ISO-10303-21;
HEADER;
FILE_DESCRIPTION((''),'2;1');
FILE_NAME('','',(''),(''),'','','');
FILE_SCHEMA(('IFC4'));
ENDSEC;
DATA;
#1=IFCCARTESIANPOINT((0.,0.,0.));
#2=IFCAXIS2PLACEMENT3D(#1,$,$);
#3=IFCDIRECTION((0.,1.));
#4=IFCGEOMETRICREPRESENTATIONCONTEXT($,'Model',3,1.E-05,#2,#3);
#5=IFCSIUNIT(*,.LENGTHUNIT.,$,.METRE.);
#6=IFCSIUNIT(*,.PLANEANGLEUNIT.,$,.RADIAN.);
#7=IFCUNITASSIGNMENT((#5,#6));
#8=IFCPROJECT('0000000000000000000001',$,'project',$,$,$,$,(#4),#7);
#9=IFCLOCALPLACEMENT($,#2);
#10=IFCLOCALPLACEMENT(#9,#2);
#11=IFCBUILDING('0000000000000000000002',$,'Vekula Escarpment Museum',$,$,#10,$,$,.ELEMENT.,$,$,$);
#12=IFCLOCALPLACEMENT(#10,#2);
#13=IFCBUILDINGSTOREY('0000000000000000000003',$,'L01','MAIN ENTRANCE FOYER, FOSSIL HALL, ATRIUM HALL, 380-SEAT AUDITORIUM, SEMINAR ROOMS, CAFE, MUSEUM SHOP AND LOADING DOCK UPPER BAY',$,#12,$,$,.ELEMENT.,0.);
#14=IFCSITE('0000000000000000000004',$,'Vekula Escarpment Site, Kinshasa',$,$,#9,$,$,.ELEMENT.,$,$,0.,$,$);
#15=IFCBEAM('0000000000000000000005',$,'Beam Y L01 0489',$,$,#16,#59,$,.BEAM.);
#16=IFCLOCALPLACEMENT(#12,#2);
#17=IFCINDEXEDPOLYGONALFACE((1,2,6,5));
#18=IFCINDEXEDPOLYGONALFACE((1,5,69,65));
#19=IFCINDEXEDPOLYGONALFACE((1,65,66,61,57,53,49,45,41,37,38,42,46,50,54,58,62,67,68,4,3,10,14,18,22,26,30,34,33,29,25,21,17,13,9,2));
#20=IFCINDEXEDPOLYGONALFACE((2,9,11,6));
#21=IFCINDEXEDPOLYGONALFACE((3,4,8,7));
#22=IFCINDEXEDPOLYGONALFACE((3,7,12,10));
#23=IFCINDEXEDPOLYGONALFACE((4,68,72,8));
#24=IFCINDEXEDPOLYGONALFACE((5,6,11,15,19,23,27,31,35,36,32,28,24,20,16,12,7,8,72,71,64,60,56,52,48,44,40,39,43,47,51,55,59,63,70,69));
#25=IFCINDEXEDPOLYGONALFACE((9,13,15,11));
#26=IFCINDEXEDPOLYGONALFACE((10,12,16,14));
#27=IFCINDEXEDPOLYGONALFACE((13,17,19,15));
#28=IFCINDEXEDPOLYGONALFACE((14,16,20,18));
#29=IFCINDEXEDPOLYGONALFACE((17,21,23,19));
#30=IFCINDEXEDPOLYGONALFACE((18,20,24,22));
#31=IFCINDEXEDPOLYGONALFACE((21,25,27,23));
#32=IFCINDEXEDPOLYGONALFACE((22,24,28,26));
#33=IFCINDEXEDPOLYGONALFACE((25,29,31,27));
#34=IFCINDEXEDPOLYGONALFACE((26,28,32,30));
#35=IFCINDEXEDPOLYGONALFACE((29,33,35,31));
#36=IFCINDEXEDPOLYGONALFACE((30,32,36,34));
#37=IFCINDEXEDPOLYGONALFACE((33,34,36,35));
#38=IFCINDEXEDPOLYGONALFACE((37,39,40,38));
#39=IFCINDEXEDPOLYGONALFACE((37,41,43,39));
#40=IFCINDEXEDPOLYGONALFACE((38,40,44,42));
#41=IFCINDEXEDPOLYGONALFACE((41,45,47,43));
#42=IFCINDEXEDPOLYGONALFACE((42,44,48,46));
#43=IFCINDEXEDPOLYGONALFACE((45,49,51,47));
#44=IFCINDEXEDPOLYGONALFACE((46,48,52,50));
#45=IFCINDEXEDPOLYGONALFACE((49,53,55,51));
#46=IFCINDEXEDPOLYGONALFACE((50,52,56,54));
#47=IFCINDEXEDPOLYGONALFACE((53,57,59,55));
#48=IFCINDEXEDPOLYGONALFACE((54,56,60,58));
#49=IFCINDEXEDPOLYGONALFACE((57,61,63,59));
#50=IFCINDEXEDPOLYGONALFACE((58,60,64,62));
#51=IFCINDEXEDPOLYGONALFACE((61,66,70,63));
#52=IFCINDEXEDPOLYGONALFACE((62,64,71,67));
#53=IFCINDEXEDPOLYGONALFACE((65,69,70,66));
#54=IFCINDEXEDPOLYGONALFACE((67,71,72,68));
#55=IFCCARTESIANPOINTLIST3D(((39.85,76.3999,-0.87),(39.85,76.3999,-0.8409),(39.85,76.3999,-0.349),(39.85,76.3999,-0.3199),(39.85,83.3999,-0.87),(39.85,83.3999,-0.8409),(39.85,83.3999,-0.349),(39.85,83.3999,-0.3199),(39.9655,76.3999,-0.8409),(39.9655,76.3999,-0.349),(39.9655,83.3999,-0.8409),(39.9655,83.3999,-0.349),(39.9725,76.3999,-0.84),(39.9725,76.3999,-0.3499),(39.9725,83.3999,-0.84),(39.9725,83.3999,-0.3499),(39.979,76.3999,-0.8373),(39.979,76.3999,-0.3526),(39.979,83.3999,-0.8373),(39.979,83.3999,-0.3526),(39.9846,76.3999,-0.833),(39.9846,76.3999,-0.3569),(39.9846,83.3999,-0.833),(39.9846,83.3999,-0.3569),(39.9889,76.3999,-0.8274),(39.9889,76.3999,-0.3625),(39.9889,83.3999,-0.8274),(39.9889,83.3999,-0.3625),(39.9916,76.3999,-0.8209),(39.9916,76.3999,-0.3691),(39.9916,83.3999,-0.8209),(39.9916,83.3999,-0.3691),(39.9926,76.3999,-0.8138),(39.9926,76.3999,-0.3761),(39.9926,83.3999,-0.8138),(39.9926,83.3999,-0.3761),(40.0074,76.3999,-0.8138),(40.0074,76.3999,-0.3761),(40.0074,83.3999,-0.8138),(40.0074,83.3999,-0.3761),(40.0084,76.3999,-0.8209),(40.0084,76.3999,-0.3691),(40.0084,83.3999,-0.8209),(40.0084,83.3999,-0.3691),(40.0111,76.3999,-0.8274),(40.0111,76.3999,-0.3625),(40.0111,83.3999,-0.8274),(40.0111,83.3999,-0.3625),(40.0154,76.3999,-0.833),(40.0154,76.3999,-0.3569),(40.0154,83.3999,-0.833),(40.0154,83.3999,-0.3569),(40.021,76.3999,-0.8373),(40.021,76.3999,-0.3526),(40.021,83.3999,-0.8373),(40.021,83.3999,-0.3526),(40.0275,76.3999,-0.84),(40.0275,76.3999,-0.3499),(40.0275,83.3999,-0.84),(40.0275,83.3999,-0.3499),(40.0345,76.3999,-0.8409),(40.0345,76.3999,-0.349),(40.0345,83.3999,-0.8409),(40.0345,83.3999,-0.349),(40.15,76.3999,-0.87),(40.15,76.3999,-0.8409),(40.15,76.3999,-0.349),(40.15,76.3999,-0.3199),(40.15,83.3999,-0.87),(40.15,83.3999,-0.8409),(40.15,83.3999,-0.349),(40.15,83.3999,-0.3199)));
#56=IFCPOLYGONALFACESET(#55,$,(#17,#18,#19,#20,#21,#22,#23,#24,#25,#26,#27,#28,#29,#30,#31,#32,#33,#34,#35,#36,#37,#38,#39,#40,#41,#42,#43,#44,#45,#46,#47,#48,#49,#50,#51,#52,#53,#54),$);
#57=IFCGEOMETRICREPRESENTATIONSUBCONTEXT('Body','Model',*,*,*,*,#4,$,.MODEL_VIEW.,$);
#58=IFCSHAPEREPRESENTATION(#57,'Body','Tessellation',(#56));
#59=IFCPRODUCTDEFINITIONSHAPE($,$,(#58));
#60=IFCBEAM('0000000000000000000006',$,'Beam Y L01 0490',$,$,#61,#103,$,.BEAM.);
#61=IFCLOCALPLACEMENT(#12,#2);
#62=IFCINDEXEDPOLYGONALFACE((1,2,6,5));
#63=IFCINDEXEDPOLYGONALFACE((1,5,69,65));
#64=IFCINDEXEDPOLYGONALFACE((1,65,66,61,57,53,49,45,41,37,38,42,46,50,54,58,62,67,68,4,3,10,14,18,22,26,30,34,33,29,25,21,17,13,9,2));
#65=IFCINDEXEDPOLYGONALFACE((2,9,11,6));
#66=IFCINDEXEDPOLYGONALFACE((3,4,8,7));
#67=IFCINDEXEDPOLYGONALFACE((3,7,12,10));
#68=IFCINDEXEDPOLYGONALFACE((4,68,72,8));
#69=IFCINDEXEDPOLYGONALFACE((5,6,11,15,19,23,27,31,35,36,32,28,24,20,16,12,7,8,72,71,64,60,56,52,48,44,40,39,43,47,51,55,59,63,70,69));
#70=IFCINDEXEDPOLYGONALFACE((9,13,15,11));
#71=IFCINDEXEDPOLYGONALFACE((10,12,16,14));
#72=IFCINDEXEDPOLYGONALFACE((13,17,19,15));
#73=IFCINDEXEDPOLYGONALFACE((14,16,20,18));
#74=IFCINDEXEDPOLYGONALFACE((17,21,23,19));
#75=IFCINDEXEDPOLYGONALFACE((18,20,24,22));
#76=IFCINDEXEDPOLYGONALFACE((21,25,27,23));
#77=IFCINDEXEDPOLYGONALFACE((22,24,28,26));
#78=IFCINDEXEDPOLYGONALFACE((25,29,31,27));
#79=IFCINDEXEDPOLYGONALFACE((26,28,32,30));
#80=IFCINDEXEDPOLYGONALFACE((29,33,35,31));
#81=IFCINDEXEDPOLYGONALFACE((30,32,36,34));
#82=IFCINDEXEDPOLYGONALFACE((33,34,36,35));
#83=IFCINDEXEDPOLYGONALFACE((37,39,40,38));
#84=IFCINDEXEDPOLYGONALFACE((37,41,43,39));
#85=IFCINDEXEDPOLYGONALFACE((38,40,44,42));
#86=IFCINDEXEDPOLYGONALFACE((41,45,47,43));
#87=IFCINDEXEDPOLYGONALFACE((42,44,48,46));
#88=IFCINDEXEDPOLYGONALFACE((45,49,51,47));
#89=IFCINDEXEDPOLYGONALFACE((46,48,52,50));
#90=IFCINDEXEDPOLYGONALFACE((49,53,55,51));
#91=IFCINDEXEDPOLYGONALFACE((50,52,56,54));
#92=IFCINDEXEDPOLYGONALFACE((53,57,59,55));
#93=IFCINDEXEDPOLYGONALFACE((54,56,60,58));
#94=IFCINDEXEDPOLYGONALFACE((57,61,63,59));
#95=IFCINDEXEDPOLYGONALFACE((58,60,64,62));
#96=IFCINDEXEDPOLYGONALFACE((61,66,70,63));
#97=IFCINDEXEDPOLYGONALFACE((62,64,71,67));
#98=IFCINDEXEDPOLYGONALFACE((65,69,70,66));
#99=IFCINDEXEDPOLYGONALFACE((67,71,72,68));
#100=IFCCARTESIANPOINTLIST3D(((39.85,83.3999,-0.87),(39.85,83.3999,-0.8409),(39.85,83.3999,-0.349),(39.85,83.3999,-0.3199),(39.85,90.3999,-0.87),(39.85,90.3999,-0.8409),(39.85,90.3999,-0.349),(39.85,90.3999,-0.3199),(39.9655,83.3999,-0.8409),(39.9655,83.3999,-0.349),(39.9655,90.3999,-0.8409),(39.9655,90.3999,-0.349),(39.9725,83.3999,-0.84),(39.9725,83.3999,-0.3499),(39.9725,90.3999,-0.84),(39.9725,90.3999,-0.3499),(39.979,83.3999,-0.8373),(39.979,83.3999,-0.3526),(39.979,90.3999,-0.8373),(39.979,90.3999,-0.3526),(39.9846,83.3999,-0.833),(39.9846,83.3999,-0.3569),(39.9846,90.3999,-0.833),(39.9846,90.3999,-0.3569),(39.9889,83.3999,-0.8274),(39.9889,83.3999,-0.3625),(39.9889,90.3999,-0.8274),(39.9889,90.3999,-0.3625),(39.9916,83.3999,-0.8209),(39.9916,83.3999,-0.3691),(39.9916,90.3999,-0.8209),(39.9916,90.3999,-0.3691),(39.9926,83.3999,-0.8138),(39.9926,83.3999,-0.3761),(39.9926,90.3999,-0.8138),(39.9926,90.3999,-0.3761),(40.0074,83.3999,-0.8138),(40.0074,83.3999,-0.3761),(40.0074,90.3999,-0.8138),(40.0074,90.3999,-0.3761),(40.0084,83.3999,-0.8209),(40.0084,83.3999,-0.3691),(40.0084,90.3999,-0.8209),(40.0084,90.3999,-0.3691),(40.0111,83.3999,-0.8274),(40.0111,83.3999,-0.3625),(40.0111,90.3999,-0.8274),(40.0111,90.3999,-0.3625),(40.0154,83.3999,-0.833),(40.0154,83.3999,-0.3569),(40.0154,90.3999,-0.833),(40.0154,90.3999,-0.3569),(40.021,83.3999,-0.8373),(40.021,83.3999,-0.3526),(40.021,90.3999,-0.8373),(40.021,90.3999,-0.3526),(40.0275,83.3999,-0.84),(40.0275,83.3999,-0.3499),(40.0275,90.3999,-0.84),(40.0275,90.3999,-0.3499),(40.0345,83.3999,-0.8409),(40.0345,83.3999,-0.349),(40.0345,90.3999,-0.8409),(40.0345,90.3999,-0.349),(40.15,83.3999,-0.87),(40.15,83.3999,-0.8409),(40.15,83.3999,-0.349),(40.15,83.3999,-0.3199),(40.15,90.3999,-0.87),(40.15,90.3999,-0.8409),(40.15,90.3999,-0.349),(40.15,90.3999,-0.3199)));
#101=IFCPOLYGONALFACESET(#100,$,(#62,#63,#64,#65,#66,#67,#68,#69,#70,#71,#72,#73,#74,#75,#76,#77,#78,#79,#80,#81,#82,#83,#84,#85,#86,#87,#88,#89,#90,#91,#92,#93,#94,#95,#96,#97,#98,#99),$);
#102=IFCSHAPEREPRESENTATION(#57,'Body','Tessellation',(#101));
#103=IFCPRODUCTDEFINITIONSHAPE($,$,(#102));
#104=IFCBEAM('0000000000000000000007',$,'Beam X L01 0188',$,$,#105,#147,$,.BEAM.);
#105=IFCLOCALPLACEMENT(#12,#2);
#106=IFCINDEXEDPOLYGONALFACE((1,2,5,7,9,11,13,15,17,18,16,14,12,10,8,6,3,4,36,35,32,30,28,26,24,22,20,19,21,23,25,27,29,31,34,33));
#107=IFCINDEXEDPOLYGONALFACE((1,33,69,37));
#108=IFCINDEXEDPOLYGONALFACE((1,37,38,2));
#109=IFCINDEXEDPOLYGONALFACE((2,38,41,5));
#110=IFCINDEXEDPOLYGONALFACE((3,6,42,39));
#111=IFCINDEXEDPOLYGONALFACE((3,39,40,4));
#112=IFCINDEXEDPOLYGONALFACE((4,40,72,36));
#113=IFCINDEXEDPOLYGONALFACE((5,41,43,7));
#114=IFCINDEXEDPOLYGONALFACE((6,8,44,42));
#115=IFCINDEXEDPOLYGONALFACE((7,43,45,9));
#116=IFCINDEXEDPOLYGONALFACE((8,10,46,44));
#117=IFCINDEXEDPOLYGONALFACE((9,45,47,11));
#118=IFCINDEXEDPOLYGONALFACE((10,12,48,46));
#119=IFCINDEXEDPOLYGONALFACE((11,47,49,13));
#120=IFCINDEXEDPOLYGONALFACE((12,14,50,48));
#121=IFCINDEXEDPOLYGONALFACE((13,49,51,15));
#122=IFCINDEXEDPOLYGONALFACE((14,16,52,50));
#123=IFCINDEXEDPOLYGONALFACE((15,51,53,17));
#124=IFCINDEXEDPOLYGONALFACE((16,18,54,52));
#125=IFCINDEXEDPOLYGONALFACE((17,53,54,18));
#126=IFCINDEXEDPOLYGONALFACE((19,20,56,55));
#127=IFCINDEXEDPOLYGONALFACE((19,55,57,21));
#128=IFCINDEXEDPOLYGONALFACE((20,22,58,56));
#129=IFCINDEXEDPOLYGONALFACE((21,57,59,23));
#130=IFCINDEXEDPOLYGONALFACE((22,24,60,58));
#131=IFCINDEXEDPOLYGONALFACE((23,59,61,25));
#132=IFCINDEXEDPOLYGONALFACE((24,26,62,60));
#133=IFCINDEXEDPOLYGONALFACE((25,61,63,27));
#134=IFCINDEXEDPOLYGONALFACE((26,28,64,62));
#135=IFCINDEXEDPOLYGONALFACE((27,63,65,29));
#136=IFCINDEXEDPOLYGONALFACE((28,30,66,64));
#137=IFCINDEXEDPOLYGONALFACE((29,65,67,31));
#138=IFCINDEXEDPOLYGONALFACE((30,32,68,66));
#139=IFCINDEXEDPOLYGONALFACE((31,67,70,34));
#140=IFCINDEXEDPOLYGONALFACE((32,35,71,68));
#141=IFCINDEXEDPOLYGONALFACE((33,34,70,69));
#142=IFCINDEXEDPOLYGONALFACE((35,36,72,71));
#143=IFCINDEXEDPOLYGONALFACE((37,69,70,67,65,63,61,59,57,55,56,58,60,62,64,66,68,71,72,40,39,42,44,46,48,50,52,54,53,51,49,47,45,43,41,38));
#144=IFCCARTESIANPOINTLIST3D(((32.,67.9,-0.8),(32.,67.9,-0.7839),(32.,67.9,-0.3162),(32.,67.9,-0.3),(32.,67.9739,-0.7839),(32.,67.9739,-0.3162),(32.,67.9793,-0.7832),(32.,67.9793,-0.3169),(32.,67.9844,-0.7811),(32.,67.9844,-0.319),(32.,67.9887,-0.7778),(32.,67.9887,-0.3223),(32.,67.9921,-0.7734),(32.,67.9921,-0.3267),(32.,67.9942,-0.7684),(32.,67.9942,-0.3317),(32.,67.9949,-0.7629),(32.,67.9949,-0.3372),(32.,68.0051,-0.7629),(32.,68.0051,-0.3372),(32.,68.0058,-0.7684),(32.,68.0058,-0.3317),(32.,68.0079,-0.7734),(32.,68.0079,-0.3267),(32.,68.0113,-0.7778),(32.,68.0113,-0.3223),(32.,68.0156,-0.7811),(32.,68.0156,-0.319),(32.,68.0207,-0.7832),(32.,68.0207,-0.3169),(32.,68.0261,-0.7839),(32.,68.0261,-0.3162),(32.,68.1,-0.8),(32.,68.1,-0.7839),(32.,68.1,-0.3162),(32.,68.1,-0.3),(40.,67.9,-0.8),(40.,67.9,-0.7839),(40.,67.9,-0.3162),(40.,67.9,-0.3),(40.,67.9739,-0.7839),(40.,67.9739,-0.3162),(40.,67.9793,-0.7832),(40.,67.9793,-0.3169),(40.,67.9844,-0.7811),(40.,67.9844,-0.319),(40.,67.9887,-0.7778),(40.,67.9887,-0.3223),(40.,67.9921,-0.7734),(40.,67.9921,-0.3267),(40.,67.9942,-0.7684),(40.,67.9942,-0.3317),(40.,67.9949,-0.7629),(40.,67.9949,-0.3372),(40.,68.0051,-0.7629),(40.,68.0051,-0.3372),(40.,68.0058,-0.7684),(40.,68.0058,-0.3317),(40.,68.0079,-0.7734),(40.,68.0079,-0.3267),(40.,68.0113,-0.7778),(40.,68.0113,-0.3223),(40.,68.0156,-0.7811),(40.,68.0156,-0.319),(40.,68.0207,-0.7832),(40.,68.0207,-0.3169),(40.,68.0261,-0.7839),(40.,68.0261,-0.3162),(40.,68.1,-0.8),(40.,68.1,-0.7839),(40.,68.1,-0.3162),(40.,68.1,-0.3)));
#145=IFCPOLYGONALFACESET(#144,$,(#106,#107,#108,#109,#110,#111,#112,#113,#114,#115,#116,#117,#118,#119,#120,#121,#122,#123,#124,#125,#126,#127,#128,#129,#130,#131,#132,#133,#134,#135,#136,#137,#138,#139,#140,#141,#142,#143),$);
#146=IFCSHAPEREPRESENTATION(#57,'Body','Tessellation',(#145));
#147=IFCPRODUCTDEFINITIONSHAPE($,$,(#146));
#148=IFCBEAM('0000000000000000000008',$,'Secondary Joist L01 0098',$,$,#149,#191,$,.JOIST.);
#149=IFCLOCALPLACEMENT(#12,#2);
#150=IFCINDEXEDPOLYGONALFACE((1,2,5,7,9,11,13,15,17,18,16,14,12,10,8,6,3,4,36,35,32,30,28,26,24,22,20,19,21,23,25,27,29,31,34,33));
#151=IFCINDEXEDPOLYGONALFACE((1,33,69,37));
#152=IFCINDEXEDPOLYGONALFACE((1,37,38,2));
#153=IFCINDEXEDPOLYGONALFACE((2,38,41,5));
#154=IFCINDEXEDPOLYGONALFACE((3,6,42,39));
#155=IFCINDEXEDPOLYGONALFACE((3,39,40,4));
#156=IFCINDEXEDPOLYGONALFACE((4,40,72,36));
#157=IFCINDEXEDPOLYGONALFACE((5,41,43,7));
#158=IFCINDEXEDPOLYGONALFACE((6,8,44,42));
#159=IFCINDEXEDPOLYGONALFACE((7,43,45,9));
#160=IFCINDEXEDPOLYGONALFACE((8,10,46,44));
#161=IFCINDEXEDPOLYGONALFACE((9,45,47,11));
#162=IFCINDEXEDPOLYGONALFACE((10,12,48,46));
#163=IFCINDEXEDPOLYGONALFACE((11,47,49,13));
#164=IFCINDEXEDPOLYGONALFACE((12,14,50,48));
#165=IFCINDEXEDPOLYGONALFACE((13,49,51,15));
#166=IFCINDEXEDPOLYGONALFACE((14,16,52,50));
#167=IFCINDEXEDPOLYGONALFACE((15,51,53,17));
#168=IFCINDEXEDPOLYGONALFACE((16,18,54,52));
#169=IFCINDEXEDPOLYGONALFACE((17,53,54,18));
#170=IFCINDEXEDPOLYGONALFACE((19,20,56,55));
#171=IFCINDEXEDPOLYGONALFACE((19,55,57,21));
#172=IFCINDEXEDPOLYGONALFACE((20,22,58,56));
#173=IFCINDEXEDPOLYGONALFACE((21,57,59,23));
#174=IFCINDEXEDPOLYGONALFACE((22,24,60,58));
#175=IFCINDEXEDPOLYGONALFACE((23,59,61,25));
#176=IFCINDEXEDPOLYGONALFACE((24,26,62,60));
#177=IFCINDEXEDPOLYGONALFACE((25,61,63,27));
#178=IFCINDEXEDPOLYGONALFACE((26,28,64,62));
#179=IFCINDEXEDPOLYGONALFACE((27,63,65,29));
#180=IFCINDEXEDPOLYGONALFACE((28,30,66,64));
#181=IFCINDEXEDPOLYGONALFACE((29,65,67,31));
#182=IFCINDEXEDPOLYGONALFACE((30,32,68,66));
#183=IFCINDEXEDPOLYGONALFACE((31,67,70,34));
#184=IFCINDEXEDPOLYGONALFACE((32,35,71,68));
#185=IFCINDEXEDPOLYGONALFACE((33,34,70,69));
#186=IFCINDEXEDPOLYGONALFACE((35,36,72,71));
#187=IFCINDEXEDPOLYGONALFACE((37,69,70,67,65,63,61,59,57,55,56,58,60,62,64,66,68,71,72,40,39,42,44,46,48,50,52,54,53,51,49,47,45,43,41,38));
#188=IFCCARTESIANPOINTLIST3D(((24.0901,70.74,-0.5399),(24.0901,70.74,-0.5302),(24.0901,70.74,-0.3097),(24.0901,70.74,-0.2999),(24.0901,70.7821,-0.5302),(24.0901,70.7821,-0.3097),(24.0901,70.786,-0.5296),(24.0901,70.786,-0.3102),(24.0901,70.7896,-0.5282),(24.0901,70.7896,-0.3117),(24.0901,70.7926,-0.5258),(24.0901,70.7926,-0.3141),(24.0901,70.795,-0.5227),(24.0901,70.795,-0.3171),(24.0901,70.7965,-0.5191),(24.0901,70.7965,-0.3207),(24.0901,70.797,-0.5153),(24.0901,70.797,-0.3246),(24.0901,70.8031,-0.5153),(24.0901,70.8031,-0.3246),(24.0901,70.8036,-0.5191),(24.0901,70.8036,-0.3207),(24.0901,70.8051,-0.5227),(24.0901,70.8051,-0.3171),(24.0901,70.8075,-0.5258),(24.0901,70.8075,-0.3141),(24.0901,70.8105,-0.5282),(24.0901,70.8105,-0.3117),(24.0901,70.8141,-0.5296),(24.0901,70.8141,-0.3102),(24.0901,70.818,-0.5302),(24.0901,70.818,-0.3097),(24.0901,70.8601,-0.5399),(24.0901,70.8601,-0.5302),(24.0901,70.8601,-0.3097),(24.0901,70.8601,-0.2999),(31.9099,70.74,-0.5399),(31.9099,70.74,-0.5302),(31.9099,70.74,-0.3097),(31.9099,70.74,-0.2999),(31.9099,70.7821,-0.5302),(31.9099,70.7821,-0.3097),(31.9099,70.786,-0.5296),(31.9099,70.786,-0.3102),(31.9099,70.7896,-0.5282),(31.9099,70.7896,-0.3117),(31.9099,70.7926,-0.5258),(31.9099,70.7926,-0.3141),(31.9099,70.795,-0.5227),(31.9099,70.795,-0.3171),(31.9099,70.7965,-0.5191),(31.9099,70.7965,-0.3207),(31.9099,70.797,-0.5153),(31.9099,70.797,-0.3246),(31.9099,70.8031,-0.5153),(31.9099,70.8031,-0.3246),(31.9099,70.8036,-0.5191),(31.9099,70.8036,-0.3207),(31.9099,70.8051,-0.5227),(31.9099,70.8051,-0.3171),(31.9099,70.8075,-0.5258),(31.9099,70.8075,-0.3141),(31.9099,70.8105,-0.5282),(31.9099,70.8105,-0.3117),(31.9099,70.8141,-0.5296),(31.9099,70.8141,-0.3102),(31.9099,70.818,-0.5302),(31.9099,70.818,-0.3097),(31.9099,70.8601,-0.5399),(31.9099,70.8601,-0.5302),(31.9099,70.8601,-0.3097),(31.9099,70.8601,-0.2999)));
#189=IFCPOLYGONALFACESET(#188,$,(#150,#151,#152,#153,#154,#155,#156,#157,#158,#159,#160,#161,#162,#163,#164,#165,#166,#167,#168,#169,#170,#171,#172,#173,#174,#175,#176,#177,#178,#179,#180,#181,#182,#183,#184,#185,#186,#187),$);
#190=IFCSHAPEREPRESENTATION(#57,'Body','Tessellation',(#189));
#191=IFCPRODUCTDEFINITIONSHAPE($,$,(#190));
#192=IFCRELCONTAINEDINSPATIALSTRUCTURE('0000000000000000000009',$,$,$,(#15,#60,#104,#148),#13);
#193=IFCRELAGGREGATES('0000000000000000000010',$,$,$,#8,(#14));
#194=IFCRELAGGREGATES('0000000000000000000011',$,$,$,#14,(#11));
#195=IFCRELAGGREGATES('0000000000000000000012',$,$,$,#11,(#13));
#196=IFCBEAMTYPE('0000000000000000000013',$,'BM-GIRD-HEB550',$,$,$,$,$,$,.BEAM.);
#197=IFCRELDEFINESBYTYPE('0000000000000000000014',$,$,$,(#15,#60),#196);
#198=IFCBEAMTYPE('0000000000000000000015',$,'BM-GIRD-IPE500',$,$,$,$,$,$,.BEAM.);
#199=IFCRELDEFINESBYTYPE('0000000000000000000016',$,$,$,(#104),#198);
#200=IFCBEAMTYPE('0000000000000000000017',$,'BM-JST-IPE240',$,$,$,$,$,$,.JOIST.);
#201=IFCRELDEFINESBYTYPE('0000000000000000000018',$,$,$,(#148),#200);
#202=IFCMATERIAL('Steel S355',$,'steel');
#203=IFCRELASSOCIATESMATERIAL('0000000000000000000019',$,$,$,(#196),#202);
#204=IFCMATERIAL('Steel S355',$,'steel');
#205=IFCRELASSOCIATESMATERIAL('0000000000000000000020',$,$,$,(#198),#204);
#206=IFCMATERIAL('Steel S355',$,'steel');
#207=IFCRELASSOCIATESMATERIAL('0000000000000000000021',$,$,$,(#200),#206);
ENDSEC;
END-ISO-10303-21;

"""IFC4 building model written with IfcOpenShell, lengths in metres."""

from ifc_helpers import new_model, si_unit, direction, frame, origin, origin_2d, place, context, subcontext, project, spatial, i_section, extrude, material, material_profile, profile_set, type_object, element, save


model = new_model("IFC4")

# Units and contexts
model_context = context("Model", 3, precision=1e-05, world=origin(), true_north=direction((0.0, 1.0)))
body_context = subcontext(model_context, "Body", "Model", "MODEL_VIEW")
ifc_project = project(units=[si_unit("LENGTHUNIT", "METRE"), si_unit("PLANEANGLEUNIT", "RADIAN")], contexts=[model_context])

# Site, building, storey
site_placement = place(None, origin())
site = spatial("IfcSite", under=ifc_project, at=site_placement, Name="Vekula Escarpment Site, Kinshasa", CompositionType="ELEMENT", RefElevation=0.0)
building_placement = place(site_placement, origin())
building = spatial("IfcBuilding", under=site, at=building_placement, Name="Vekula Escarpment Museum", CompositionType="ELEMENT")
storey_placement = place(building_placement, origin())
storey = spatial("IfcBuildingStorey", under=building, at=storey_placement, Name="L01", Description="MAIN ENTRANCE FOYER, FOSSIL HALL, ATRIUM HALL, 380-SEAT AUDITORIUM, SEMINAR ROOMS, CAFE, MUSEUM SHOP AND LOADING DOCK UPPER BAY", CompositionType="ELEMENT", Elevation=0.0)

# Beams
ifc_material_1 = material(Name="Steel S355", Category="steel")
ifc_material_profile_1 = material_profile(ifc_material_1, i_section(OverallWidth=0.3, OverallDepth=0.55, WebThickness=0.0149, FlangeThickness=0.0291, FilletRadius=0.0271, at=origin_2d()), Name="HEB 550")
ifc_profile_set_1 = profile_set([ifc_material_profile_1], Name="Steel S355")
beam_type_1 = type_object("IfcBeamType", Name="BM-GIRD-HEB550", PredefinedType="BEAM", material=ifc_profile_set_1)
for number, where, z_axis, x_axis, name in (
    (1, (40.0, 76.3999, -0.595), (0.0, 1.0, 0.0), (-1.0, 0.0, 0.0), "Beam Y L01 0489"),
    (2, (40.0, 83.3999, -0.595), (0.0, 1.0, 0.0), (-1.0, 0.0, 0.0), "Beam Y L01 0490"),
):
    element("IfcBeam", number, at=place(storey_placement, frame(where, z_axis=z_axis, x_axis=x_axis)), inside=storey, type_object=beam_type_1, Name=name, PredefinedType="BEAM", context=body_context, shape_type="SweptSolid", body=[
        extrude(i_section(OverallWidth=0.3, OverallDepth=0.55, WebThickness=0.0149, FlangeThickness=0.0291, FilletRadius=0.0271, at=origin_2d()), origin(), (0.0, 0.0, 1.0), 7.0),
    ])
ifc_material_2 = material(Name="Steel S355", Category="steel")
ifc_material_profile_2 = material_profile(ifc_material_2, i_section(OverallWidth=0.2, OverallDepth=0.5, WebThickness=0.0103, FlangeThickness=0.0161, FilletRadius=0.021, at=origin_2d()), Name="IPE 500")
ifc_profile_set_2 = profile_set([ifc_material_profile_2], Name="Steel S355")
beam_type_2 = type_object("IfcBeamType", Name="BM-GIRD-IPE500", PredefinedType="BEAM", material=ifc_profile_set_2)
beam_1_placement = place(storey_placement, frame((32.0, 68.0, -0.55), z_axis=(1.0, 0.0, 0.0), x_axis=(0.0, 1.0, 0.0)))
element("IfcBeam", 3, at=beam_1_placement, inside=storey, type_object=beam_type_2, Name="Beam X L01 0188", PredefinedType="BEAM", context=body_context, shape_type="SweptSolid", body=[
    extrude(i_section(OverallWidth=0.2, OverallDepth=0.5, WebThickness=0.0103, FlangeThickness=0.0161, FilletRadius=0.021, at=origin_2d()), origin(), (0.0, 0.0, 1.0), 8.0),
])
ifc_material_3 = material(Name="Steel S355", Category="steel")
ifc_material_profile_3 = material_profile(ifc_material_3, i_section(OverallWidth=0.1201, OverallDepth=0.24, WebThickness=0.0061, FlangeThickness=0.0098, FilletRadius=0.0149, at=origin_2d()), Name="IPE 240")
ifc_profile_set_3 = profile_set([ifc_material_profile_3], Name="Steel S355")
beam_type_3 = type_object("IfcBeamType", Name="BM-JST-IPE240", PredefinedType="JOIST", material=ifc_profile_set_3)
for number, where, z_axis, x_axis, name in (
    (4, (24.0901, 70.8, -0.4199), (1.0, 0.0, 0.0), (0.0, 1.0, 0.0), "Secondary Joist L01 0098"),
):
    element("IfcBeam", number, at=place(storey_placement, frame(where, z_axis=z_axis, x_axis=x_axis)), inside=storey, type_object=beam_type_3, Name=name, PredefinedType="JOIST", context=body_context, shape_type="SweptSolid", body=[
        extrude(i_section(OverallWidth=0.1201, OverallDepth=0.24, WebThickness=0.0061, FlangeThickness=0.0098, FilletRadius=0.0149, at=origin_2d()), origin(), (0.0, 0.0, 1.0), 7.8198),
    ])

save(model, "model.ifc")
